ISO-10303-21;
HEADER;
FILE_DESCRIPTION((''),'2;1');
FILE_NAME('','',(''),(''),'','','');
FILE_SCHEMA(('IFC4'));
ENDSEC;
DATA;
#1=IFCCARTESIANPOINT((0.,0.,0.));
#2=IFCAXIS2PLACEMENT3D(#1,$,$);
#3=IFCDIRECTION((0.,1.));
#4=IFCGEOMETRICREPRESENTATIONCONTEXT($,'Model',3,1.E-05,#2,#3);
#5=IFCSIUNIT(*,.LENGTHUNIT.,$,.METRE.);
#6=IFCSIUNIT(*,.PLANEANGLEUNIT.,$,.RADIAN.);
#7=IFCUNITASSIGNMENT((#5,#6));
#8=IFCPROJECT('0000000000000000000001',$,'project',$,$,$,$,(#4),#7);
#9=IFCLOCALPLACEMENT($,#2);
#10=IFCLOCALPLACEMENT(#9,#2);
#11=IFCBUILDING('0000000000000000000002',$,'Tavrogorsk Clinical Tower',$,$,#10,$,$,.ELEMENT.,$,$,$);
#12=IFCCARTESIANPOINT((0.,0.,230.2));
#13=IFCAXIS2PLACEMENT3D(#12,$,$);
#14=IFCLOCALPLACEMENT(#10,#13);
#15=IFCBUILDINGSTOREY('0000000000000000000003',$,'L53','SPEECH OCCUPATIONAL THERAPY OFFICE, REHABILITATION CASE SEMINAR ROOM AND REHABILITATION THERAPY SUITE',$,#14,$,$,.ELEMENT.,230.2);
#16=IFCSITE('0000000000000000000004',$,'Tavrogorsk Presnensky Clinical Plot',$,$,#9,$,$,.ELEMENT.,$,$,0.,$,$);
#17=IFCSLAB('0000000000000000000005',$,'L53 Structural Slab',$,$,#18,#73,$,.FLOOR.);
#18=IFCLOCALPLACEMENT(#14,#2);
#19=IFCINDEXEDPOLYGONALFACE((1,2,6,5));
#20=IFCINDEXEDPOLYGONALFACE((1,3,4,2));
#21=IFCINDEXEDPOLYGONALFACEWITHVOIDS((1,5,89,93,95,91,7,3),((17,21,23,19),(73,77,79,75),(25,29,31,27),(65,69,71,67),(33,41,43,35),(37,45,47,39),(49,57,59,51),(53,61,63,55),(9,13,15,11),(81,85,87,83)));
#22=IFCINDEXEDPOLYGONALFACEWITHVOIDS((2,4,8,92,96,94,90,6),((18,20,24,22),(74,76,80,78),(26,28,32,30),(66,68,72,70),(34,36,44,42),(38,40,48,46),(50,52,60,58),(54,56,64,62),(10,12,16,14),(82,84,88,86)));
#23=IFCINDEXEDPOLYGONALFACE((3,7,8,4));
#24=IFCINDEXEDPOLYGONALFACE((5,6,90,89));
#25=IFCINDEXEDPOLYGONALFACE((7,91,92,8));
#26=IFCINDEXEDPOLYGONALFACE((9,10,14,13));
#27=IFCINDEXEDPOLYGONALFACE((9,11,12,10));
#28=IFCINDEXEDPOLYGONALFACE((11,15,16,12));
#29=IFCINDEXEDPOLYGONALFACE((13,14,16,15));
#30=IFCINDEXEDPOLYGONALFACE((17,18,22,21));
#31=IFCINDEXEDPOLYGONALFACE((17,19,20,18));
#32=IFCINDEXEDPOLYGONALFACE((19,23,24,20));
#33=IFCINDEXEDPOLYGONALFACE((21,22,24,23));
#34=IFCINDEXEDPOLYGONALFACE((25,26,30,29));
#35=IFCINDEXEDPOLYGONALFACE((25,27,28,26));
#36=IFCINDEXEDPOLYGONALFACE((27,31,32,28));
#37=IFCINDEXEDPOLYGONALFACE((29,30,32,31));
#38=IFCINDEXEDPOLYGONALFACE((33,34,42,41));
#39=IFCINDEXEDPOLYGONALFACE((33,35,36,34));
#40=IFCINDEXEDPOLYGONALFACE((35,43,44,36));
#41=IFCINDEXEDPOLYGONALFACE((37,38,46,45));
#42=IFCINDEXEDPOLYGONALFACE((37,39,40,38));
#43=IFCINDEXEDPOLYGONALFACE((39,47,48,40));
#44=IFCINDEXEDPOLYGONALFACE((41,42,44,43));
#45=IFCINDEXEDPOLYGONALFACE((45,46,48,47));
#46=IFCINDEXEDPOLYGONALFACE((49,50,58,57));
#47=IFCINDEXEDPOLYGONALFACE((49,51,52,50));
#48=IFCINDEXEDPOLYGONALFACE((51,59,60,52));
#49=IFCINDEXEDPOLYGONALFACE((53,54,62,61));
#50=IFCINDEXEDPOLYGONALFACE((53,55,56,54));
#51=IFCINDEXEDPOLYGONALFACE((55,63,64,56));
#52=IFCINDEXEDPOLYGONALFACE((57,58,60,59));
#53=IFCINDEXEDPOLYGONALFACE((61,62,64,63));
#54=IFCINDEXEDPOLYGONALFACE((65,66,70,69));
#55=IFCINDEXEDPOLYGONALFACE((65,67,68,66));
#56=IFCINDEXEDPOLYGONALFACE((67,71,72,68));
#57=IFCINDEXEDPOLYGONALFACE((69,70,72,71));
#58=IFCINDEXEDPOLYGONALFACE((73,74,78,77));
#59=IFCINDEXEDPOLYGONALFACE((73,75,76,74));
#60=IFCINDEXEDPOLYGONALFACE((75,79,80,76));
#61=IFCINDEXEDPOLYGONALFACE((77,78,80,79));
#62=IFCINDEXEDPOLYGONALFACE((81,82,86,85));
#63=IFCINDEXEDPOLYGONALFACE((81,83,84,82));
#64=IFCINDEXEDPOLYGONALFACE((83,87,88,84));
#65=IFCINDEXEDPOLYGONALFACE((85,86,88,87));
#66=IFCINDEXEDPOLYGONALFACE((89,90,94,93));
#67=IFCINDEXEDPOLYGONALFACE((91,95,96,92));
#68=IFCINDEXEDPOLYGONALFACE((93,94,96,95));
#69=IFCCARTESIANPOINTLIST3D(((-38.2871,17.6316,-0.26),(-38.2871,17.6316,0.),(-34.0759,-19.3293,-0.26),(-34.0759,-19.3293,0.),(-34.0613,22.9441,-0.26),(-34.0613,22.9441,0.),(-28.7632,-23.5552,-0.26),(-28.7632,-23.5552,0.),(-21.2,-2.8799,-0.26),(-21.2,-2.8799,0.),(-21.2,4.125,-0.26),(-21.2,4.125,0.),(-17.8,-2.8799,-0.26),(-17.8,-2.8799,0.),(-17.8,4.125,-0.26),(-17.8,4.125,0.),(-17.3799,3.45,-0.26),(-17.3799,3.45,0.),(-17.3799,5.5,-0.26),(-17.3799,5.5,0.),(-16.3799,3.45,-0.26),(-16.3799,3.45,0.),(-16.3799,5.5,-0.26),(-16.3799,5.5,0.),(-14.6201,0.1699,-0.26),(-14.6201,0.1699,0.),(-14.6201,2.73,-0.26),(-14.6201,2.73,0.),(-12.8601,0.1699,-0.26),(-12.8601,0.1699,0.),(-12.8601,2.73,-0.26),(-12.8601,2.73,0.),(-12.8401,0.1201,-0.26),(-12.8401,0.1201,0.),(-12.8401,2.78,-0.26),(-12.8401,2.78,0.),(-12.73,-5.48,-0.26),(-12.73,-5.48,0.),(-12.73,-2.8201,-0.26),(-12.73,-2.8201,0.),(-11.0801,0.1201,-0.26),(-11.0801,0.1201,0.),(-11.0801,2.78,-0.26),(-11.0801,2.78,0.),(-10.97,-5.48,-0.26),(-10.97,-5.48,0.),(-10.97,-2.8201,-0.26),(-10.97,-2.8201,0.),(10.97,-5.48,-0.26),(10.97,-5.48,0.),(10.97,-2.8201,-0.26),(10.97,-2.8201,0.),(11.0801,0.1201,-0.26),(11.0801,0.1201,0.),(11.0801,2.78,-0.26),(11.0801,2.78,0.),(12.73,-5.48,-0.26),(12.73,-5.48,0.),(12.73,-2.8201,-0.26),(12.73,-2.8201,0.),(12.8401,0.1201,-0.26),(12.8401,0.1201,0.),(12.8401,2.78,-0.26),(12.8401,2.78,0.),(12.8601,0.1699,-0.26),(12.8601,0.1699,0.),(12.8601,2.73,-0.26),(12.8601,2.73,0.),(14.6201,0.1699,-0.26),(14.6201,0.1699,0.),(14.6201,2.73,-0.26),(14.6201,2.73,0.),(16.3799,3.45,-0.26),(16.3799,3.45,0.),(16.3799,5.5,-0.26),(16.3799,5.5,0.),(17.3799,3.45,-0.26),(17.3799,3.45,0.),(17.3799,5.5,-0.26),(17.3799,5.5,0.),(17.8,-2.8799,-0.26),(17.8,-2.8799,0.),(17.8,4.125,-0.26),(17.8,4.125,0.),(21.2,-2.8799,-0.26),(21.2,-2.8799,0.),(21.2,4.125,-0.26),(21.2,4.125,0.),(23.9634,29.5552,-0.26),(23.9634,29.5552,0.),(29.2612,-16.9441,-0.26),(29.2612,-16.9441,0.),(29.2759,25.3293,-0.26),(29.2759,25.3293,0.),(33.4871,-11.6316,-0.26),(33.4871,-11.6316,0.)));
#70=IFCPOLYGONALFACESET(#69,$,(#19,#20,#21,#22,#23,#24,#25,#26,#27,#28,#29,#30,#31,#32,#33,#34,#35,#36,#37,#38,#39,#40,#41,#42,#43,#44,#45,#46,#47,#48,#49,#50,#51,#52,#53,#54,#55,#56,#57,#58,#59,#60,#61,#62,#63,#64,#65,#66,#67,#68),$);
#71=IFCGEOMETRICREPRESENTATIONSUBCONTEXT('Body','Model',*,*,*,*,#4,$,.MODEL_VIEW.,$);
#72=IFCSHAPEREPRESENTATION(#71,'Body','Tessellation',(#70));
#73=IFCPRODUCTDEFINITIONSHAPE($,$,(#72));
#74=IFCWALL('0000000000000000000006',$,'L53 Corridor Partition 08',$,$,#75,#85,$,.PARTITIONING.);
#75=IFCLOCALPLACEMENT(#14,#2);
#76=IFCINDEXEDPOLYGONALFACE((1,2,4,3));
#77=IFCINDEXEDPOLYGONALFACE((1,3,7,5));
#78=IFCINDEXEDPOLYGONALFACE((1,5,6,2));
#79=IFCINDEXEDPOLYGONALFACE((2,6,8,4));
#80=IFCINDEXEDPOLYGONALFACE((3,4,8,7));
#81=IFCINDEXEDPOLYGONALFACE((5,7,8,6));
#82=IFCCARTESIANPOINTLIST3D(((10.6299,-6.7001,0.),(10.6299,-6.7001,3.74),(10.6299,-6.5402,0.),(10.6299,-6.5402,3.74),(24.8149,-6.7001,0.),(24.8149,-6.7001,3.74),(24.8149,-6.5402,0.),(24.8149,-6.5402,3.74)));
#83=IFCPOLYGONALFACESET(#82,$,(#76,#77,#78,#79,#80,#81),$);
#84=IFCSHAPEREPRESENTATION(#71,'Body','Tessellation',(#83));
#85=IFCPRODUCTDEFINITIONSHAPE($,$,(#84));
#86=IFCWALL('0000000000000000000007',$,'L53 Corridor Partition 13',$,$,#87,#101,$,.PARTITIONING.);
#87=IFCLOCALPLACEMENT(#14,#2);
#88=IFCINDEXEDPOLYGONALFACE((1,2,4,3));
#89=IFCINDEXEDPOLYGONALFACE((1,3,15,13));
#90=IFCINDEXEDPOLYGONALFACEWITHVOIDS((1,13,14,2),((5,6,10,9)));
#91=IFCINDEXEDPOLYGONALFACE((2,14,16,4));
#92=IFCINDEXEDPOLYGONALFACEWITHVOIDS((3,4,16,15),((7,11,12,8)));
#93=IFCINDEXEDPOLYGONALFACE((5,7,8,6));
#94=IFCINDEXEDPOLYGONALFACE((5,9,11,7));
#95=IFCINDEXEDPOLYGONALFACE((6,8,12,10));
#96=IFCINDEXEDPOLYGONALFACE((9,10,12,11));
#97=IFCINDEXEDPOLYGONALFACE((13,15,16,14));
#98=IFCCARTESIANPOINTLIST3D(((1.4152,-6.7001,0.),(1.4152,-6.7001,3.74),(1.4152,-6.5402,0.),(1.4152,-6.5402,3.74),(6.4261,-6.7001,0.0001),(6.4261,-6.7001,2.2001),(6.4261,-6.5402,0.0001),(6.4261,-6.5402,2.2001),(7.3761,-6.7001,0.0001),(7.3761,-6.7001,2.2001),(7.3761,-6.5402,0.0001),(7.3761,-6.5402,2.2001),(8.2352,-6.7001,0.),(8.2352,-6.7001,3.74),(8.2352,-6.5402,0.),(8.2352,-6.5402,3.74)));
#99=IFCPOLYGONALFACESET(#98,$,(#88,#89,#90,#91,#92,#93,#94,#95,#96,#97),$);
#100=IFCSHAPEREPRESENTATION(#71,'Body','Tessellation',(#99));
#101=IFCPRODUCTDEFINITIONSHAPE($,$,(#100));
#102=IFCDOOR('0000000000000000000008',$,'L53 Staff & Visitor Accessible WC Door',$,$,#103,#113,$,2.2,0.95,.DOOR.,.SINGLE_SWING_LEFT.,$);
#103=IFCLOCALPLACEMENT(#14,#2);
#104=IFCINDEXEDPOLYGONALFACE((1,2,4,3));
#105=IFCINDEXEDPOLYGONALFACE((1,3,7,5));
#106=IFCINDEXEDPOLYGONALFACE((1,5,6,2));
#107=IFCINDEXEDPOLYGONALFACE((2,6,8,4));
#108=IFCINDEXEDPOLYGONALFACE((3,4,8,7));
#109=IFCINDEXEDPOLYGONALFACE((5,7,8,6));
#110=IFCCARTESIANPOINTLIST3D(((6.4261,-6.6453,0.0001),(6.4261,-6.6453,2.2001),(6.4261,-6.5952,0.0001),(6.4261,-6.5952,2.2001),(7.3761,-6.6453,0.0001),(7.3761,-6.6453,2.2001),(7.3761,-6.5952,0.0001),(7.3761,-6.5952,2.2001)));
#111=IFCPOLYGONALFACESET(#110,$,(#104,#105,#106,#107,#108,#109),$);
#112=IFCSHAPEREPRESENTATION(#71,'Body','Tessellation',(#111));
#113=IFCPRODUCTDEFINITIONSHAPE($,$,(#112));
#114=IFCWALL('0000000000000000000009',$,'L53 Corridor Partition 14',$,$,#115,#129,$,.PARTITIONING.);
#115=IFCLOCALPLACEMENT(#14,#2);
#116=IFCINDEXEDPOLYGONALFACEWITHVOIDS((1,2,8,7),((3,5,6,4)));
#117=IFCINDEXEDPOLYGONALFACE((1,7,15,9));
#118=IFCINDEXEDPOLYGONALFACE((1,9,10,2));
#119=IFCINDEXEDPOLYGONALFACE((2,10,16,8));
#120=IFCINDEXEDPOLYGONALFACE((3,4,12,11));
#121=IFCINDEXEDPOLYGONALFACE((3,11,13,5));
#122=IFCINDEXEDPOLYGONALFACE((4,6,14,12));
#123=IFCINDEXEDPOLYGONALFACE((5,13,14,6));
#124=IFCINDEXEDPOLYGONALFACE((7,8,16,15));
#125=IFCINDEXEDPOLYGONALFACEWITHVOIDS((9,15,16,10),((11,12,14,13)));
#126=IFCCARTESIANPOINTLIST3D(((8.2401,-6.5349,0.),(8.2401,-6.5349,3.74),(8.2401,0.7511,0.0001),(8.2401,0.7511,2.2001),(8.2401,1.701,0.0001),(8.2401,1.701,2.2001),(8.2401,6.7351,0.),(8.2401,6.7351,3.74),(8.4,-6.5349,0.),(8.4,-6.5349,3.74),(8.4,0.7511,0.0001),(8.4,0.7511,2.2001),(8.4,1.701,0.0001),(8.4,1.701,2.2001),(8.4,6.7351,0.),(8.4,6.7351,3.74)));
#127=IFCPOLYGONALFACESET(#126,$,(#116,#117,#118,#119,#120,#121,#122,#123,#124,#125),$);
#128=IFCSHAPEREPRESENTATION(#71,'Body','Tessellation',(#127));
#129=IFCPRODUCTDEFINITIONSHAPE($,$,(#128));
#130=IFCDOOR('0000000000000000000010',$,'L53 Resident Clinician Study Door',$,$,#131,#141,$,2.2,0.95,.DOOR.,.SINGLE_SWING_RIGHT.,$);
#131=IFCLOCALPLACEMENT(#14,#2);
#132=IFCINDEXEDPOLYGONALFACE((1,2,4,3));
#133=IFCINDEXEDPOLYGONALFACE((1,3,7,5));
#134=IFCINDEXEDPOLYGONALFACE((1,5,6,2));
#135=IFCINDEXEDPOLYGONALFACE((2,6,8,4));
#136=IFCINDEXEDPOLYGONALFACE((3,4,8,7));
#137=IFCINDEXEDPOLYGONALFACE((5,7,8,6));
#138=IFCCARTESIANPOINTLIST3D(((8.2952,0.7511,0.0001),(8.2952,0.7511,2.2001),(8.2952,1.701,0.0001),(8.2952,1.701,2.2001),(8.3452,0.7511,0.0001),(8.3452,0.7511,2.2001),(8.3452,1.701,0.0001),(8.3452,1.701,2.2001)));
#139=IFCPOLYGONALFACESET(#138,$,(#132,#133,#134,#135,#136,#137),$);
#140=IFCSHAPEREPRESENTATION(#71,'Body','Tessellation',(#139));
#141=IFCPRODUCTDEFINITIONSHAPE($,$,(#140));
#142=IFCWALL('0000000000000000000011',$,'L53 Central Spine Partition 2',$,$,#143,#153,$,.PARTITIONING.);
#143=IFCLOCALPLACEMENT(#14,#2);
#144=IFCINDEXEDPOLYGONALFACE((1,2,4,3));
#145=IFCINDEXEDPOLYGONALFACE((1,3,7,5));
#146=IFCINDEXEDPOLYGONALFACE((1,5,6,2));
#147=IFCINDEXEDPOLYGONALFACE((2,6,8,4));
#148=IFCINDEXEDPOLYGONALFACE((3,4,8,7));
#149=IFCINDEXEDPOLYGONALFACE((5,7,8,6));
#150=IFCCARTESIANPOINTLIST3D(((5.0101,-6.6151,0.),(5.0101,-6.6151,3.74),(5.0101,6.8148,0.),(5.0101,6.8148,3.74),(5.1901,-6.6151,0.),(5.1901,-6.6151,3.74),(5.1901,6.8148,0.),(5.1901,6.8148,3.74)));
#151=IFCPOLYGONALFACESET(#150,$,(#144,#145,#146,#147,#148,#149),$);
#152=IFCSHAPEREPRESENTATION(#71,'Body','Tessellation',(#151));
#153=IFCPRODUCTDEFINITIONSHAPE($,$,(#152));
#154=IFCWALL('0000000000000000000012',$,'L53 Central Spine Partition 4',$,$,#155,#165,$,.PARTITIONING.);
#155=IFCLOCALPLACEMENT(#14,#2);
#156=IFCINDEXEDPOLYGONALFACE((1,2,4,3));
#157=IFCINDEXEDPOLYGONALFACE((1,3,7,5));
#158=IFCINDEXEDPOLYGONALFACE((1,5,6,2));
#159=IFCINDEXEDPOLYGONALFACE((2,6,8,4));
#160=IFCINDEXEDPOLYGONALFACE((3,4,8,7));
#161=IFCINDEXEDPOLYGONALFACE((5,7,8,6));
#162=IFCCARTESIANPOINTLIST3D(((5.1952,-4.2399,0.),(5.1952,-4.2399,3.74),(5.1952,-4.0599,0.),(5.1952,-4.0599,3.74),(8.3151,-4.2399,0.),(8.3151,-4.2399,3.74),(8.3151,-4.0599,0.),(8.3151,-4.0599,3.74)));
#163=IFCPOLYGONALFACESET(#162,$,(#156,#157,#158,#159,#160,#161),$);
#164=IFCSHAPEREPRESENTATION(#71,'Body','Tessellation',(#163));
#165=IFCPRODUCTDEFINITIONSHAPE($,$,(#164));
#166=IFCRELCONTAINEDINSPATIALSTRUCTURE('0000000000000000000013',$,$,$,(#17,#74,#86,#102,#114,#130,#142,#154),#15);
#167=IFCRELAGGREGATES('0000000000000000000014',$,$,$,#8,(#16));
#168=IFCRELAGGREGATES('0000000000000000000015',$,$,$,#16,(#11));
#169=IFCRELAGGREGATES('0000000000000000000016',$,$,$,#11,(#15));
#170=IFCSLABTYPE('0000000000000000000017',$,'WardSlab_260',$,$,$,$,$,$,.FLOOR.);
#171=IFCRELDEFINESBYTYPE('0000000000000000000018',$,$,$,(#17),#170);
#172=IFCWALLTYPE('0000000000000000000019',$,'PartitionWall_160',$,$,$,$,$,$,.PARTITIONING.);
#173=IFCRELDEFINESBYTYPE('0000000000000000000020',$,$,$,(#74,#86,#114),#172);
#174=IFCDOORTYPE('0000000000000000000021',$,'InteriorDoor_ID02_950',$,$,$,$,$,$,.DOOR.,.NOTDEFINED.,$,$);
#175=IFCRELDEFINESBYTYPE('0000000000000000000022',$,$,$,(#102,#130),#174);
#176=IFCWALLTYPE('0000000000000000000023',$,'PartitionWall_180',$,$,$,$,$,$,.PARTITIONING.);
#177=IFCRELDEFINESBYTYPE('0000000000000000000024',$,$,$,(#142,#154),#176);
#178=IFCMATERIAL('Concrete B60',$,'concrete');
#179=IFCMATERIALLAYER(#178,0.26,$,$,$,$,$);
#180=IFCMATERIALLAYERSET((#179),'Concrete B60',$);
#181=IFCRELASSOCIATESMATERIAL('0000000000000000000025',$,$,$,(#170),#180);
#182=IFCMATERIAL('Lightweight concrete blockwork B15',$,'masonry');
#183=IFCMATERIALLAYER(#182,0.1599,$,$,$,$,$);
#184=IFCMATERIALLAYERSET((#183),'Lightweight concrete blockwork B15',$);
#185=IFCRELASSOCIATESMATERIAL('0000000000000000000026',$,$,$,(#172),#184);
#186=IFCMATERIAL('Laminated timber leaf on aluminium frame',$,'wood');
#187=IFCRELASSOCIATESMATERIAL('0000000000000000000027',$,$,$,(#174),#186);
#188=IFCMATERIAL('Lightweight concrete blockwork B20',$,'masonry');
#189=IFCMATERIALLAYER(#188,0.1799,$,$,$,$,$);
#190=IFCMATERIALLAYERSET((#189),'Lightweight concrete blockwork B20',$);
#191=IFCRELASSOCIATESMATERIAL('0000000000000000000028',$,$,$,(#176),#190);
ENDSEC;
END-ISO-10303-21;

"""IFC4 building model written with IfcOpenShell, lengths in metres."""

from ifc_helpers import new_model, si_unit, direction, frame, frame_2d, origin, place, context, subcontext, project, spatial, polyline, rectangle, outline, extrude, material, layer, layer_set, type_object, element, fill, save


model = new_model("IFC4")

# Units and contexts
model_context = context("Model", 3, precision=1e-05, world=origin(), true_north=direction((0.0, 1.0)))
body_context = subcontext(model_context, "Body", "Model", "MODEL_VIEW")
ifc_project = project(units=[si_unit("LENGTHUNIT", "METRE"), si_unit("PLANEANGLEUNIT", "RADIAN")], contexts=[model_context])

# Site, building, storey
site_placement = place(None, origin())
site = spatial("IfcSite", under=ifc_project, at=site_placement, Name="Tavrogorsk Presnensky Clinical Plot", CompositionType="ELEMENT", RefElevation=0.0)
building_placement = place(site_placement, origin())
building = spatial("IfcBuilding", under=site, at=building_placement, Name="Tavrogorsk Clinical Tower", CompositionType="ELEMENT")
storey_placement = place(building_placement, frame((0.0, 0.0, 230.2)))
storey = spatial("IfcBuildingStorey", under=building, at=storey_placement, Name="L53", Description="SPEECH OCCUPATIONAL THERAPY OFFICE, REHABILITATION CASE SEMINAR ROOM AND REHABILITATION THERAPY SUITE", CompositionType="ELEMENT", Elevation=230.2)

# Slab
ifc_material_1 = material(Name="Concrete B60", Category="concrete")
ifc_layer_1 = layer(ifc_material_1, 0.26)
ifc_layer_set_1 = layer_set([ifc_layer_1], Name="Concrete B60")
slab_type_1 = type_object("IfcSlabType", Name="WardSlab_260", PredefinedType="FLOOR", material=ifc_layer_set_1)
slab_1_placement = place(storey_placement, frame((0.0, 0.0, -0.26)))
element("IfcSlab", 1, at=slab_1_placement, inside=storey, type_object=slab_type_1, Name="L53 Structural Slab", PredefinedType="FLOOR", context=body_context, shape_type="SweptSolid", body=[
    extrude(outline(polyline([(-28.7632, -23.5552), (29.2612, -16.9441), (33.4871, -11.6316), (29.2759, 25.3293), (23.9634, 29.5552), (-34.0613, 22.9441), (-38.2871, 17.6316), (-34.0759, -19.3293), (-28.7632, -23.5552)]), holes=[polyline([(-17.8, -2.8799), (-17.8, 4.125), (-21.2, 4.125), (-21.2, -2.8799), (-17.8, -2.8799)]), polyline([(21.2, -2.8799), (21.2, 4.125), (17.8, 4.125), (17.8, -2.8799), (21.2, -2.8799)]), polyline([(-14.6201, 0.1699), (-12.8601, 0.1699), (-12.8601, 2.73), (-14.6201, 2.73), (-14.6201, 0.1699)]), polyline([(-12.73, -5.48), (-10.97, -5.48), (-10.97, -2.8201), (-12.73, -2.8201), (-12.73, -5.48)]), polyline([(-12.8401, 0.1201), (-11.0801, 0.1201), (-11.0801, 2.78), (-12.8401, 2.78), (-12.8401, 0.1201)]), polyline([(12.8601, 0.1699), (14.6201, 0.1699), (14.6201, 2.73), (12.8601, 2.73), (12.8601, 0.1699)]), polyline([(10.97, -5.48), (12.73, -5.48), (12.73, -2.8201), (10.97, -2.8201), (10.97, -5.48)]), polyline([(11.0801, 0.1201), (12.8401, 0.1201), (12.8401, 2.78), (11.0801, 2.78), (11.0801, 0.1201)]), polyline([(-17.3799, 3.45), (-16.3799, 3.45), (-16.3799, 5.5), (-17.3799, 5.5), (-17.3799, 3.45)]), polyline([(16.3799, 3.45), (17.3799, 3.45), (17.3799, 5.5), (16.3799, 5.5), (16.3799, 3.45)])]), origin(), (0.0, 0.0, 1.0), 0.26),
])

# Wall
ifc_material_2 = material(Name="Lightweight concrete blockwork B15", Category="masonry")
ifc_layer_2 = layer(ifc_material_2, 0.1599)
ifc_layer_set_2 = layer_set([ifc_layer_2], Name="Lightweight concrete blockwork B15")
wall_type_1 = type_object("IfcWallType", Name="PartitionWall_160", PredefinedType="PARTITIONING", material=ifc_layer_set_2)
wall_1_placement = place(storey_placement, frame((10.6299, -6.6201, 0.0), z_axis=(0.0, 0.0, 1.0), x_axis=(1.0, 0.0, 0.0)))
element("IfcWall", 2, at=wall_1_placement, inside=storey, type_object=wall_type_1, Name="L53 Corridor Partition 08", PredefinedType="PARTITIONING", context=body_context, shape_type="SweptSolid", body=[
    extrude(rectangle(XDim=14.1851, YDim=0.1599, at=frame_2d((7.0925, 0.0))), origin(), (0.0, 0.0, 1.0), 3.74),
])

# Walls, openings, doors
wall_2_placement = place(storey_placement, frame((1.415, -6.6201, 0.0), z_axis=(0.0, 0.0, 1.0), x_axis=(1.0, 0.0, 0.0)))
wall_2 = element("IfcWall", 3, at=wall_2_placement, inside=storey, type_object=wall_type_1, Name="L53 Corridor Partition 13", PredefinedType="PARTITIONING", context=body_context, shape_type="SweptSolid", body=[
    extrude(rectangle(XDim=6.8201, YDim=0.1599, at=frame_2d((3.4102, 0.0))), origin(), (0.0, 0.0, 1.0), 3.74),
])
opening_1_placement = place(wall_2_placement, frame((5.011, 0.0, 0.0)))
opening_1 = element("IfcOpeningElement", 4, at=opening_1_placement, cuts=wall_2, PredefinedType="OPENING", context=body_context, shape_type="SweptSolid", body=[
    extrude(rectangle(XDim=0.95, YDim=2.2, at=frame_2d((0.4751, 1.1001))), frame((0.0, 0.0898, 0.0), z_axis=(0.0, -1.0, 0.0), x_axis=(1.0, 0.0, 0.0)), (0.0, 0.0, 1.0), 0.1799),
])
ifc_material_3 = material(Name="Laminated timber leaf on aluminium frame", Category="wood")
door_type_1 = type_object("IfcDoorType", Name="InteriorDoor_ID02_950", OperationType="NOTDEFINED", PredefinedType="DOOR", material=ifc_material_3)
door_1_placement = place(opening_1_placement, origin())
door_1 = element("IfcDoor", 5, at=door_1_placement, inside=storey, type_object=door_type_1, Name="L53 Staff & Visitor Accessible WC Door", OperationType="SINGLE_SWING_LEFT", OverallHeight=2.2, OverallWidth=0.95, PredefinedType="DOOR", context=body_context, shape_type="SweptSolid", body=[
    extrude(rectangle(XDim=0.95, YDim=2.2, at=frame_2d((0.4751, 1.1001))), frame((0.0, 0.0249, 0.0), z_axis=(0.0, -1.0, 0.0), x_axis=(1.0, 0.0, 0.0)), (0.0, 0.0, 1.0), 0.05),
])
fill(opening_1, door_1)
wall_3_placement = place(storey_placement, frame((8.3201, -6.5349, 0.0), z_axis=(0.0, 0.0, 1.0), x_axis=(0.0, 1.0, 0.0)))
wall_3 = element("IfcWall", 6, at=wall_3_placement, inside=storey, type_object=wall_type_1, Name="L53 Corridor Partition 14", PredefinedType="PARTITIONING", context=body_context, shape_type="SweptSolid", body=[
    extrude(rectangle(XDim=13.27, YDim=0.1599, at=frame_2d((6.635, 0.0))), origin(), (0.0, 0.0, 1.0), 3.74),
])
opening_2_placement = place(wall_3_placement, frame((7.2859, 0.0, 0.0)))
opening_2 = element("IfcOpeningElement", 7, at=opening_2_placement, cuts=wall_3, PredefinedType="OPENING", context=body_context, shape_type="SweptSolid", body=[
    extrude(rectangle(XDim=0.95, YDim=2.2, at=frame_2d((0.4751, 1.1001))), frame((0.0, 0.0898, 0.0), z_axis=(0.0, -1.0, 0.0), x_axis=(1.0, 0.0, 0.0)), (0.0, 0.0, 1.0), 0.1799),
])
door_2_placement = place(opening_2_placement, origin())
door_2 = element("IfcDoor", 8, at=door_2_placement, inside=storey, type_object=door_type_1, Name="L53 Resident Clinician Study Door", OperationType="SINGLE_SWING_RIGHT", OverallHeight=2.2, OverallWidth=0.95, PredefinedType="DOOR", context=body_context, shape_type="SweptSolid", body=[
    extrude(rectangle(XDim=0.95, YDim=2.2, at=frame_2d((0.4751, 1.1001))), frame((0.0, 0.0249, 0.0), z_axis=(0.0, -1.0, 0.0), x_axis=(1.0, 0.0, 0.0)), (0.0, 0.0, 1.0), 0.05),
])
fill(opening_2, door_2)

# Walls
ifc_material_4 = material(Name="Lightweight concrete blockwork B20", Category="masonry")
ifc_layer_3 = layer(ifc_material_4, 0.1799)
ifc_layer_set_3 = layer_set([ifc_layer_3], Name="Lightweight concrete blockwork B20")
wall_type_2 = type_object("IfcWallType", Name="PartitionWall_180", PredefinedType="PARTITIONING", material=ifc_layer_set_3)
wall_4_placement = place(storey_placement, frame((5.1001, -6.615, 0.0), z_axis=(0.0, 0.0, 1.0), x_axis=(0.0, 1.0, 0.0)))
element("IfcWall", 9, at=wall_4_placement, inside=storey, type_object=wall_type_2, Name="L53 Central Spine Partition 2", PredefinedType="PARTITIONING", context=body_context, shape_type="SweptSolid", body=[
    extrude(rectangle(XDim=13.4299, YDim=0.1799, at=frame_2d((6.7148, 0.0))), origin(), (0.0, 0.0, 1.0), 3.74),
])
wall_5_placement = place(storey_placement, frame((5.1951, -4.1499, 0.0), z_axis=(0.0, 0.0, 1.0), x_axis=(1.0, 0.0, 0.0)))
element("IfcWall", 10, at=wall_5_placement, inside=storey, type_object=wall_type_2, Name="L53 Central Spine Partition 4", PredefinedType="PARTITIONING", context=body_context, shape_type="SweptSolid", body=[
    extrude(rectangle(XDim=3.1199, YDim=0.1799, at=frame_2d((1.5601, 0.0))), origin(), (0.0, 0.0, 1.0), 3.74),
])

save(model, "model.ifc")
